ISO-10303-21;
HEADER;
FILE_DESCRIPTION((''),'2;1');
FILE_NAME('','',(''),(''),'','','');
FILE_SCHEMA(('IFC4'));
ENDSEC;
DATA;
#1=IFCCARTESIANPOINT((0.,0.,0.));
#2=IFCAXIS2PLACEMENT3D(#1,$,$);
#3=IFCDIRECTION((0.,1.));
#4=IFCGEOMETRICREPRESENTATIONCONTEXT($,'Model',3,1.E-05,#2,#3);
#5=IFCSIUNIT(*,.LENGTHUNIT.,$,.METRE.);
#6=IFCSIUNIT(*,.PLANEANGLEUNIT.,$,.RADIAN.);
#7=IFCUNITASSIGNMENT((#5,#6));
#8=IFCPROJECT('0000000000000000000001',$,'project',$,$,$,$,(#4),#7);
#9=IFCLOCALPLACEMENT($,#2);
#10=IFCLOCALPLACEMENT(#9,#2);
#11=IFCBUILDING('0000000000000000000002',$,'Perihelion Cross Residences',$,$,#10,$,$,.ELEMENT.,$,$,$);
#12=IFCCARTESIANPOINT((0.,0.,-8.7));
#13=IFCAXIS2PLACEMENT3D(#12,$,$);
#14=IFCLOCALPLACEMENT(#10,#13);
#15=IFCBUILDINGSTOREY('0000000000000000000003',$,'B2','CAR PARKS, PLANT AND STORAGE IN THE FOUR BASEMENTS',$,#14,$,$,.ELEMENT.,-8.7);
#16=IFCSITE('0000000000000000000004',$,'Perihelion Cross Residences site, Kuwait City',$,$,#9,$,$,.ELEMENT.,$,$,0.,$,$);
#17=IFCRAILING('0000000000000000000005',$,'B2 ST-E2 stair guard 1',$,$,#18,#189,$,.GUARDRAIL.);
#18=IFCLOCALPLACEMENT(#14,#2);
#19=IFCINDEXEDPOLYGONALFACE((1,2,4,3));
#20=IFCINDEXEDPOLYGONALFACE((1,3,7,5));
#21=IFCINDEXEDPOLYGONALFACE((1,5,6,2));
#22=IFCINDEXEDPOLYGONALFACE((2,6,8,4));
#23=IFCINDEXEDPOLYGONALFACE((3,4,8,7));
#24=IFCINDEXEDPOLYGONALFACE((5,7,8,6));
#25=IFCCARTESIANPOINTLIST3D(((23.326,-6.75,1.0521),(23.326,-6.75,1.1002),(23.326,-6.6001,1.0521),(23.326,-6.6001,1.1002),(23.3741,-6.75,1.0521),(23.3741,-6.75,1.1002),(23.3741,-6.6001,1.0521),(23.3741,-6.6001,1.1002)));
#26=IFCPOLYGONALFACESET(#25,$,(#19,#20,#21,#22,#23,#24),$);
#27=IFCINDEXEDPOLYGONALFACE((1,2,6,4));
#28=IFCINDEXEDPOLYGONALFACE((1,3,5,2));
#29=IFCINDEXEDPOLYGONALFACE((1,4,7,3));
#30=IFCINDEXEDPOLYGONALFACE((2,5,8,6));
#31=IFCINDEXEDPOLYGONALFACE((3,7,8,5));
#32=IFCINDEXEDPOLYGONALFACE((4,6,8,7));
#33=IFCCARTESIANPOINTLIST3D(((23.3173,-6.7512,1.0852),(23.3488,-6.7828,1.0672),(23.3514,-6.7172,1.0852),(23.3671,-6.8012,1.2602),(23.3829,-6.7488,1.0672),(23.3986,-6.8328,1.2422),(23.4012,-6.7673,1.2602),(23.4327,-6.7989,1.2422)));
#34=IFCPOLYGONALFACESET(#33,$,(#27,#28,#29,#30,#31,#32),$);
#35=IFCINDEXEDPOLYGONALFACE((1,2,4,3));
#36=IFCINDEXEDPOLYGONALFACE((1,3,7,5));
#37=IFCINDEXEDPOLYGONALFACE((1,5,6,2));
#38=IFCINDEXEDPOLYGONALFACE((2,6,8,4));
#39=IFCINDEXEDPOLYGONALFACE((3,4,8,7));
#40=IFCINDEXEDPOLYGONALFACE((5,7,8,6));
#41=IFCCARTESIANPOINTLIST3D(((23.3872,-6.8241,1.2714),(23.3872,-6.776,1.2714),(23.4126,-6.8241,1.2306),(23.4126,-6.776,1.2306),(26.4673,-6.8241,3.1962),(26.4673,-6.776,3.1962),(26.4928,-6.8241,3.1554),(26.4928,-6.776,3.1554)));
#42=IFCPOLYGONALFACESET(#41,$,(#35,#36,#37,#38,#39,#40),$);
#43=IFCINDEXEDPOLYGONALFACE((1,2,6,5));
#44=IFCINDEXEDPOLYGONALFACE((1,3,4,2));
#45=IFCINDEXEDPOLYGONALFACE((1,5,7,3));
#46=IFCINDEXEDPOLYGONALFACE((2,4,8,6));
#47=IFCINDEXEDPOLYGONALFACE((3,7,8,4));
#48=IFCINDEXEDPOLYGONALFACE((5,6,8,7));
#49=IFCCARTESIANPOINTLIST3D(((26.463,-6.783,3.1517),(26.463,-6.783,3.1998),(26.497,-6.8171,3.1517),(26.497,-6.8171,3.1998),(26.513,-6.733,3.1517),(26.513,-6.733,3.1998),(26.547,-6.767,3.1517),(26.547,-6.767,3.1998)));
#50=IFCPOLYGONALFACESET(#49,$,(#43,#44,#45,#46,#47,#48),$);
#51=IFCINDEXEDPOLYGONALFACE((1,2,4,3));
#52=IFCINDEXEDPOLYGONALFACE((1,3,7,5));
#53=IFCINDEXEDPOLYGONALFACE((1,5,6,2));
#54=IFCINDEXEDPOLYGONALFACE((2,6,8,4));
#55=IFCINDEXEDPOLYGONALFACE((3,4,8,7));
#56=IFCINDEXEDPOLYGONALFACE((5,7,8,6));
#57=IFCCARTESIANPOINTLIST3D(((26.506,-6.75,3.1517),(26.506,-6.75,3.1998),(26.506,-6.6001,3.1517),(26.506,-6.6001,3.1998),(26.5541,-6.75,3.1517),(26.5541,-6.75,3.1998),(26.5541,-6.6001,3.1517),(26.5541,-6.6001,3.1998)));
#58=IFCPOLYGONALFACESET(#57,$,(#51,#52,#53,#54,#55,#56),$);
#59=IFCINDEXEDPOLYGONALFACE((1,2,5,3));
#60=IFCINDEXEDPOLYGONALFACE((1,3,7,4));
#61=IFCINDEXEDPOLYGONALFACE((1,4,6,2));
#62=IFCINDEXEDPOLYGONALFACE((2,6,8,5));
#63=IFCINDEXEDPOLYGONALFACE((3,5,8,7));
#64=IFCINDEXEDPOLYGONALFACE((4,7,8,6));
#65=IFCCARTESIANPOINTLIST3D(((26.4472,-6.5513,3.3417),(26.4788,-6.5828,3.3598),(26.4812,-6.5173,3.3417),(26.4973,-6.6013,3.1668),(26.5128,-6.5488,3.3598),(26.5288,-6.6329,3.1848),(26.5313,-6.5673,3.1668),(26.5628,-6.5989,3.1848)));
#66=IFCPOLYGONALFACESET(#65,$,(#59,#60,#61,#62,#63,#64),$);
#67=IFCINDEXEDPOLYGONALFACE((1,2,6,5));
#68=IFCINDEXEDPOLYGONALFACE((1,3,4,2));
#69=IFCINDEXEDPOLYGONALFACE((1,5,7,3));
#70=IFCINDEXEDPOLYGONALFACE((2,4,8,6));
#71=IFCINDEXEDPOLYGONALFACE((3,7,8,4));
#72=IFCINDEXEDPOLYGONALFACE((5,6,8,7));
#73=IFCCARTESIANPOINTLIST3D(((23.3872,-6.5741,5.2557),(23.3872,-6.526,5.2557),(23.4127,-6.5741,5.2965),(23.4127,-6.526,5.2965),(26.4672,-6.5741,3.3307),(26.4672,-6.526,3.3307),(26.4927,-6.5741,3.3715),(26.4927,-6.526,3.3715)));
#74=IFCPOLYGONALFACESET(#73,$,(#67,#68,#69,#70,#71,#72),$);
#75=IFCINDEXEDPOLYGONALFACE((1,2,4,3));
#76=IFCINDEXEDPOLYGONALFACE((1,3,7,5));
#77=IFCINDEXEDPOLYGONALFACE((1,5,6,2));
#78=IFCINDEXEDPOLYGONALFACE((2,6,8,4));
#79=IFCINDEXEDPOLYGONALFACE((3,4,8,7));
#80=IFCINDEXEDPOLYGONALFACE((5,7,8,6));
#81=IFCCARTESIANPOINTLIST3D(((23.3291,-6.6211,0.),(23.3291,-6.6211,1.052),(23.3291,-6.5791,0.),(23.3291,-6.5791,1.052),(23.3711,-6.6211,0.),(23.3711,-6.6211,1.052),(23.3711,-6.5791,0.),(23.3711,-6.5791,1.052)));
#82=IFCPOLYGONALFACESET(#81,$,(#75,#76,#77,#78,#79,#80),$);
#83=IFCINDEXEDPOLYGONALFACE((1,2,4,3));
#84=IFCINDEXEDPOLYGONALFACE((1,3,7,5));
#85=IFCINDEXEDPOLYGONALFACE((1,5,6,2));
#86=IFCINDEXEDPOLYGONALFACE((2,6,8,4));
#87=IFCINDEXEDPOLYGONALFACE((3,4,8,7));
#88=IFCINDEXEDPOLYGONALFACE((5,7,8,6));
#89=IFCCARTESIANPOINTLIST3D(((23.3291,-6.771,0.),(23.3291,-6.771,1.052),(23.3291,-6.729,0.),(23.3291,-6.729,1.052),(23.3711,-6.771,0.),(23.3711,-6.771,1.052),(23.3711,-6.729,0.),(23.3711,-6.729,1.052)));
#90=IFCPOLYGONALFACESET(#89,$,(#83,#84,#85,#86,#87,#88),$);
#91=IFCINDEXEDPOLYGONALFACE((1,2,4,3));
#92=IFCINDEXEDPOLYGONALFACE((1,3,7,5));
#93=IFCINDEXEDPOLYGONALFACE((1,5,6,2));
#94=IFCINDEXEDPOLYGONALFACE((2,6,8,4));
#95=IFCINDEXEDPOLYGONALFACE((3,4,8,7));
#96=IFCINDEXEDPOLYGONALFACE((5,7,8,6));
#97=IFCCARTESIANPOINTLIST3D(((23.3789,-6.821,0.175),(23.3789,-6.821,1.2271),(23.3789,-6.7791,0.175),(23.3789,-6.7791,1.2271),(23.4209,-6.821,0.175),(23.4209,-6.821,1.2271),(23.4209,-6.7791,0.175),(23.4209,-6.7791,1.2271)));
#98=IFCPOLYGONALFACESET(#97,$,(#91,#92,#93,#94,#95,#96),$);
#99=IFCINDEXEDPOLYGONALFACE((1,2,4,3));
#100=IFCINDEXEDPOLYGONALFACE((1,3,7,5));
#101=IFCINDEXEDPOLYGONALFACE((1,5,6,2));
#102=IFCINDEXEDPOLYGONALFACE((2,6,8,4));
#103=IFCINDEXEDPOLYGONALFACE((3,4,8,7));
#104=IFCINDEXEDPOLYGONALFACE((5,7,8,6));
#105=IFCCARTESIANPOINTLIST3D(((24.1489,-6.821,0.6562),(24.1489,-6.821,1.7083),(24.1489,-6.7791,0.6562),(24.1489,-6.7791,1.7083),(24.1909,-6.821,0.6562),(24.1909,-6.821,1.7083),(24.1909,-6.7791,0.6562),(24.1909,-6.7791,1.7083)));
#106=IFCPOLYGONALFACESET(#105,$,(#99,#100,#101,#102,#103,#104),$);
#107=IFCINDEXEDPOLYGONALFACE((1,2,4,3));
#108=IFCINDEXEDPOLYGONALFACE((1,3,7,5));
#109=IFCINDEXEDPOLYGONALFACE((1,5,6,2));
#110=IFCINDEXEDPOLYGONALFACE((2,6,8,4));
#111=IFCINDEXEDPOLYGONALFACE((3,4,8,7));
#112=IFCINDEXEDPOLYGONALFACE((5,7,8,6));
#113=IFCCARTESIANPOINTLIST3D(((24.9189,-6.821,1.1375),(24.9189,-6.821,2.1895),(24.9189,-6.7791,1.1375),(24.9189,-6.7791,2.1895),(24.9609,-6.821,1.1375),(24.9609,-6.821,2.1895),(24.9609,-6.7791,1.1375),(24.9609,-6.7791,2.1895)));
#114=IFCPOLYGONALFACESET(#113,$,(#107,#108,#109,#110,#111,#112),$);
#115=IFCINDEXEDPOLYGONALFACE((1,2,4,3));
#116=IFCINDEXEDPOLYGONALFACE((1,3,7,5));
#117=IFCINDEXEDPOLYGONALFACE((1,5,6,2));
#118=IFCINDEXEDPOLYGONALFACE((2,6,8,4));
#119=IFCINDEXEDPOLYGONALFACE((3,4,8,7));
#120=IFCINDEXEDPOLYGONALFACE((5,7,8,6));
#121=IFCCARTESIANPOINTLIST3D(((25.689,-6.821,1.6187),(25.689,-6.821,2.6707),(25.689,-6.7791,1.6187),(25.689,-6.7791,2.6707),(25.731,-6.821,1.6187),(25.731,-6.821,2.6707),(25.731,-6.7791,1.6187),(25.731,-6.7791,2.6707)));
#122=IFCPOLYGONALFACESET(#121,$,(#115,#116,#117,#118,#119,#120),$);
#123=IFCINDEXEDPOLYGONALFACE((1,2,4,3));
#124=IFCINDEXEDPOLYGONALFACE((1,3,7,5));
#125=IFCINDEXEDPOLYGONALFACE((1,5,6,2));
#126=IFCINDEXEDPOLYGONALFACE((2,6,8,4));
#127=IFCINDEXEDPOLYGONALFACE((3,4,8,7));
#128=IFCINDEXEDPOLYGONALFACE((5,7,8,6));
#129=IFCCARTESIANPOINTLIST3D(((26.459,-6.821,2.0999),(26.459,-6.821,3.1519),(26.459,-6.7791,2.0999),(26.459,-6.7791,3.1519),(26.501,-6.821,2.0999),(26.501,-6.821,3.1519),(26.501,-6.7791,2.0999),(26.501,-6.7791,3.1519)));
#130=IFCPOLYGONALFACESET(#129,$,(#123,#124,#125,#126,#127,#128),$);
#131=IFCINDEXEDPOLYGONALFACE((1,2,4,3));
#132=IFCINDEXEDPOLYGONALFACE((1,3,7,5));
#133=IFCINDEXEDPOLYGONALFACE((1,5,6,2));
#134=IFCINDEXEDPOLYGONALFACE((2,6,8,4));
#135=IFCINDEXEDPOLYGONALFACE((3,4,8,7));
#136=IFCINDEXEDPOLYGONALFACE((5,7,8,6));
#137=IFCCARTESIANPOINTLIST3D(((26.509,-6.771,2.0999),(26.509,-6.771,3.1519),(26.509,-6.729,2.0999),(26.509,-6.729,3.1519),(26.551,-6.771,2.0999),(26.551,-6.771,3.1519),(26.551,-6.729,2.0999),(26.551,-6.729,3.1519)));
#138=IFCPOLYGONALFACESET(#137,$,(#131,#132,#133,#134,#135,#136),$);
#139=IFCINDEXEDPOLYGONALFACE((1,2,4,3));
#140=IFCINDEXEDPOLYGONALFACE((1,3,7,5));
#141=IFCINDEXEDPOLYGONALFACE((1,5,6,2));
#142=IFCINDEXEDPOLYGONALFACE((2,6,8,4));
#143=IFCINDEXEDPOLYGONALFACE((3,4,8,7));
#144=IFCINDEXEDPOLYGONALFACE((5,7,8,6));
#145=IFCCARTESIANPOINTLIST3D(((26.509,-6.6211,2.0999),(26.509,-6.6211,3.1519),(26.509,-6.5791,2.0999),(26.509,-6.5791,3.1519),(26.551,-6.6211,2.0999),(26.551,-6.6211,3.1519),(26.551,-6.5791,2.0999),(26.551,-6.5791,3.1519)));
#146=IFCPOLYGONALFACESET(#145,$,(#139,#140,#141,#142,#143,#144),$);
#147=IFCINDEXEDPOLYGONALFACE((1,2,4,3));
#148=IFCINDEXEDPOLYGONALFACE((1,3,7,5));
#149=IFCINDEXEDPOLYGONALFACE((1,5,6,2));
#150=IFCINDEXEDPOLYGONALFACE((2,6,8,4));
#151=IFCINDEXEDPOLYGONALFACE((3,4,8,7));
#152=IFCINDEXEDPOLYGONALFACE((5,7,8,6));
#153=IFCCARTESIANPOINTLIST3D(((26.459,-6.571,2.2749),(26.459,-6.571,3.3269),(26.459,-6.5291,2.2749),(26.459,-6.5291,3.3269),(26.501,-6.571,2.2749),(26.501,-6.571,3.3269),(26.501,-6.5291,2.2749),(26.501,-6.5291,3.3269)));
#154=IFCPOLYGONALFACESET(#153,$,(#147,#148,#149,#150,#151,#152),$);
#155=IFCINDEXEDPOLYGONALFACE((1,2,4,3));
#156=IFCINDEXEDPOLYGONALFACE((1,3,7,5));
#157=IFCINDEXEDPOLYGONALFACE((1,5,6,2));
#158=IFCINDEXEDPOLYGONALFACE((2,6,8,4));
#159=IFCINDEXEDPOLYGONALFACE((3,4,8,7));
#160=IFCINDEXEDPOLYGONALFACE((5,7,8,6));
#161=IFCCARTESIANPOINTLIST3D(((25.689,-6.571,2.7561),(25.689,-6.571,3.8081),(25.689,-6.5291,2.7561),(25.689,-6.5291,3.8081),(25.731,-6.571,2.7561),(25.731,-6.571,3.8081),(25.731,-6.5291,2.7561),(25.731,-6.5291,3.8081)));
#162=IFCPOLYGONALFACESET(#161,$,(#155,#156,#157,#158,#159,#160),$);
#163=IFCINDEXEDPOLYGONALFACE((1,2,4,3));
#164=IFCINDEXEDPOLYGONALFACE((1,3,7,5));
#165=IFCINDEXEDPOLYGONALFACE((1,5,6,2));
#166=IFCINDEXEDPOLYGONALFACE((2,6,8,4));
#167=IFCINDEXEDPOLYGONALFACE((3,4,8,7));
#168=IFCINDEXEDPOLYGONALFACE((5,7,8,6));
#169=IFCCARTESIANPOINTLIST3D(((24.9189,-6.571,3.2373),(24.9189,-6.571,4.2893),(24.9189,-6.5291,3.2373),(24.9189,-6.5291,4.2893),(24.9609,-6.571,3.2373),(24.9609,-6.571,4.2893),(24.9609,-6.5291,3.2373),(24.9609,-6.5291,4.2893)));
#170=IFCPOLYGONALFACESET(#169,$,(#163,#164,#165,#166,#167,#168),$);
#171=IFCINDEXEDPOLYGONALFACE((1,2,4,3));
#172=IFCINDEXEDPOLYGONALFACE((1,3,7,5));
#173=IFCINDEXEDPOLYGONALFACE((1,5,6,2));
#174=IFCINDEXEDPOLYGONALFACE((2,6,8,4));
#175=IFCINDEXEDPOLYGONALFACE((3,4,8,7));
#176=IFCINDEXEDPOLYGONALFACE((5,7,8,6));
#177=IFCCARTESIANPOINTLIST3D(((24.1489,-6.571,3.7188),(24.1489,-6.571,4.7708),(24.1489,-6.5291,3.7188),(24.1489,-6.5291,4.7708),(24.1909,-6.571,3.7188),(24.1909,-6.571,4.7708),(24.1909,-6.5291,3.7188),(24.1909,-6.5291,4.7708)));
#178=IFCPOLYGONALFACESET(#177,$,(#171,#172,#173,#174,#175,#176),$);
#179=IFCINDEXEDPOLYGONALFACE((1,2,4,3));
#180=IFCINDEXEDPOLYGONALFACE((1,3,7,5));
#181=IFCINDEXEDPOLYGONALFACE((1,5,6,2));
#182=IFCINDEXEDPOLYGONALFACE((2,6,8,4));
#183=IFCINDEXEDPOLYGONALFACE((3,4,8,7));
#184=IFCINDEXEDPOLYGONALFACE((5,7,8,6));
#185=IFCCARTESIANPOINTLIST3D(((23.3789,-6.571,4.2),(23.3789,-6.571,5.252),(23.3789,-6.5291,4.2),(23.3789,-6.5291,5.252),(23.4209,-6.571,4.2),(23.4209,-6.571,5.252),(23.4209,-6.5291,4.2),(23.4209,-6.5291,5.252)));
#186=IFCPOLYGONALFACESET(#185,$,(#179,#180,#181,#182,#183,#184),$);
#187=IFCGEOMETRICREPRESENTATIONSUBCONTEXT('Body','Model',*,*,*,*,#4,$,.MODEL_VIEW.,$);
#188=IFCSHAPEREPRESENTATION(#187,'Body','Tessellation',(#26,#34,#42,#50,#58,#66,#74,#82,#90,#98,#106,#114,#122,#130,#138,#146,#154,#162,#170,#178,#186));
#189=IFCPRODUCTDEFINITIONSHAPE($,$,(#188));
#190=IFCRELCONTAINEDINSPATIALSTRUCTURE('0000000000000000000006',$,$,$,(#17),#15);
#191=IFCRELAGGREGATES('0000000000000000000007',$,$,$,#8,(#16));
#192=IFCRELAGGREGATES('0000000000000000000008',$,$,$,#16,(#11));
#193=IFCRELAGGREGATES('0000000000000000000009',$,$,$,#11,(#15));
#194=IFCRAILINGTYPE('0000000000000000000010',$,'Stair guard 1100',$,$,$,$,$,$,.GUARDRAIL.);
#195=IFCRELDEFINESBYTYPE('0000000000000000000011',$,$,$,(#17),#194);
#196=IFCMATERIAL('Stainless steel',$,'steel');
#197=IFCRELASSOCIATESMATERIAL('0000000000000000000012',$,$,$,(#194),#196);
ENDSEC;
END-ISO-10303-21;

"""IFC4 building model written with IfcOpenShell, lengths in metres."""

from ifc_helpers import new_model, si_unit, direction, frame, origin, origin_2d, place, context, subcontext, project, spatial, rectangle, extrude, material, type_object, element, save


model = new_model("IFC4")

# Units and contexts
model_context = context("Model", 3, precision=1e-05, world=origin(), true_north=direction((0.0, 1.0)))
body_context = subcontext(model_context, "Body", "Model", "MODEL_VIEW")
ifc_project = project(units=[si_unit("LENGTHUNIT", "METRE"), si_unit("PLANEANGLEUNIT", "RADIAN")], contexts=[model_context])

# Site, building, storey
site_placement = place(None, origin())
site = spatial("IfcSite", under=ifc_project, at=site_placement, Name="Perihelion Cross Residences site, Kuwait City", CompositionType="ELEMENT", RefElevation=0.0)
building_placement = place(site_placement, origin())
building = spatial("IfcBuilding", under=site, at=building_placement, Name="Perihelion Cross Residences", CompositionType="ELEMENT")
storey_placement = place(building_placement, frame((0.0, 0.0, -8.7)))
storey = spatial("IfcBuildingStorey", under=building, at=storey_placement, Name="B2", Description="CAR PARKS, PLANT AND STORAGE IN THE FOUR BASEMENTS", CompositionType="ELEMENT", Elevation=-8.7)

# Railing
ifc_material_1 = material(Name="Stainless steel", Category="steel")
railing_type_1 = type_object("IfcRailingType", Name="Stair guard 1100", PredefinedType="GUARDRAIL", material=ifc_material_1)
railing_1_placement = place(storey_placement, frame((23.3501, -6.6001, 0.0)))
element("IfcRailing", 1, at=railing_1_placement, inside=storey, type_object=railing_type_1, Name="B2 ST-E2 stair guard 1", PredefinedType="GUARDRAIL", context=body_context, shape_type="SweptSolid", body=[
    extrude(rectangle(XDim=0.0481, YDim=0.0481, at=origin_2d()), frame((0.0, 0.0, 1.0762), z_axis=(0.0, -1.0, 0.0), x_axis=(1.0, 0.0, 0.0)), (0.0, 0.0, 1.0), 0.1499),
    extrude(rectangle(XDim=0.0481, YDim=0.0481, at=origin_2d()), frame((0.0, -0.1499, 1.0762), z_axis=(0.263862, -0.265156, 0.927399), x_axis=(0.708834, 0.705376, 0.0)), (0.0, 0.0, 1.0), 0.1887),
    extrude(rectangle(XDim=0.0481, YDim=0.0481, at=origin_2d()), frame((0.0498, -0.2, 1.251), z_axis=(0.848029, 0.0, 0.529951), x_axis=(0.0, 1.0, 0.0)), (0.0, 0.0, 1.0), 3.6321),
    extrude(rectangle(XDim=0.0481, YDim=0.0481, at=origin_2d()), frame((3.1299, -0.2, 3.1758), z_axis=(0.707107, 0.707107, 0.0), x_axis=(-0.707107, 0.707107, 0.0)), (0.0, 0.0, 1.0), 0.0708),
    extrude(rectangle(XDim=0.0481, YDim=0.0481, at=origin_2d()), frame((3.1799, -0.1499, 3.1758), z_axis=(0.0, 1.0, 0.0), x_axis=(-1.0, 0.0, 0.0)), (0.0, 0.0, 1.0), 0.1499),
    extrude(rectangle(XDim=0.0481, YDim=0.0481, at=origin_2d()), frame((3.1799, 0.0, 3.1758), z_axis=(-0.265065, 0.265065, 0.927082), x_axis=(-0.707107, -0.707107, 0.0)), (0.0, 0.0, 1.0), 0.1887),
    extrude(rectangle(XDim=0.0481, YDim=0.0481, at=origin_2d()), frame((3.1299, 0.05, 3.3511), z_axis=(-0.847998, 0.0, 0.529999), x_axis=(0.0, -1.0, 0.0)), (0.0, 0.0, 1.0), 3.6321),
    extrude(rectangle(XDim=0.042, YDim=0.042, at=origin_2d()), origin(), (0.0, 0.0, 1.0), 1.052),
    extrude(rectangle(XDim=0.042, YDim=0.042, at=origin_2d()), frame((0.0, -0.1499, 0.0)), (0.0, 0.0, 1.0), 1.052),
    extrude(rectangle(XDim=0.042, YDim=0.042, at=origin_2d()), frame((0.0498, -0.2, 0.175)), (0.0, 0.0, 1.0), 1.052),
    extrude(rectangle(XDim=0.042, YDim=0.042, at=origin_2d()), frame((0.8198, -0.2, 0.6562)), (0.0, 0.0, 1.0), 1.052),
    extrude(rectangle(XDim=0.042, YDim=0.042, at=origin_2d()), frame((1.5898, -0.2, 1.1375)), (0.0, 0.0, 1.0), 1.052),
    extrude(rectangle(XDim=0.042, YDim=0.042, at=origin_2d()), frame((2.3599, -0.2, 1.6187)), (0.0, 0.0, 1.0), 1.052),
    extrude(rectangle(XDim=0.042, YDim=0.042, at=origin_2d()), frame((3.1299, -0.2, 2.0999)), (0.0, 0.0, 1.0), 1.052),
    extrude(rectangle(XDim=0.042, YDim=0.042, at=origin_2d()), frame((3.1799, -0.1499, 2.0999)), (0.0, 0.0, 1.0), 1.052),
    extrude(rectangle(XDim=0.042, YDim=0.042, at=origin_2d()), frame((3.1799, 0.0, 2.0999)), (0.0, 0.0, 1.0), 1.052),
    extrude(rectangle(XDim=0.042, YDim=0.042, at=origin_2d()), frame((3.1299, 0.05, 2.2749)), (0.0, 0.0, 1.0), 1.052),
    extrude(rectangle(XDim=0.042, YDim=0.042, at=origin_2d()), frame((2.3599, 0.05, 2.7561)), (0.0, 0.0, 1.0), 1.052),
    extrude(rectangle(XDim=0.042, YDim=0.042, at=origin_2d()), frame((1.5898, 0.05, 3.2373)), (0.0, 0.0, 1.0), 1.052),
    extrude(rectangle(XDim=0.042, YDim=0.042, at=origin_2d()), frame((0.8198, 0.05, 3.7188)), (0.0, 0.0, 1.0), 1.052),
    extrude(rectangle(XDim=0.042, YDim=0.042, at=origin_2d()), frame((0.0498, 0.05, 4.2)), (0.0, 0.0, 1.0), 1.052),
])

save(model, "model.ifc")
